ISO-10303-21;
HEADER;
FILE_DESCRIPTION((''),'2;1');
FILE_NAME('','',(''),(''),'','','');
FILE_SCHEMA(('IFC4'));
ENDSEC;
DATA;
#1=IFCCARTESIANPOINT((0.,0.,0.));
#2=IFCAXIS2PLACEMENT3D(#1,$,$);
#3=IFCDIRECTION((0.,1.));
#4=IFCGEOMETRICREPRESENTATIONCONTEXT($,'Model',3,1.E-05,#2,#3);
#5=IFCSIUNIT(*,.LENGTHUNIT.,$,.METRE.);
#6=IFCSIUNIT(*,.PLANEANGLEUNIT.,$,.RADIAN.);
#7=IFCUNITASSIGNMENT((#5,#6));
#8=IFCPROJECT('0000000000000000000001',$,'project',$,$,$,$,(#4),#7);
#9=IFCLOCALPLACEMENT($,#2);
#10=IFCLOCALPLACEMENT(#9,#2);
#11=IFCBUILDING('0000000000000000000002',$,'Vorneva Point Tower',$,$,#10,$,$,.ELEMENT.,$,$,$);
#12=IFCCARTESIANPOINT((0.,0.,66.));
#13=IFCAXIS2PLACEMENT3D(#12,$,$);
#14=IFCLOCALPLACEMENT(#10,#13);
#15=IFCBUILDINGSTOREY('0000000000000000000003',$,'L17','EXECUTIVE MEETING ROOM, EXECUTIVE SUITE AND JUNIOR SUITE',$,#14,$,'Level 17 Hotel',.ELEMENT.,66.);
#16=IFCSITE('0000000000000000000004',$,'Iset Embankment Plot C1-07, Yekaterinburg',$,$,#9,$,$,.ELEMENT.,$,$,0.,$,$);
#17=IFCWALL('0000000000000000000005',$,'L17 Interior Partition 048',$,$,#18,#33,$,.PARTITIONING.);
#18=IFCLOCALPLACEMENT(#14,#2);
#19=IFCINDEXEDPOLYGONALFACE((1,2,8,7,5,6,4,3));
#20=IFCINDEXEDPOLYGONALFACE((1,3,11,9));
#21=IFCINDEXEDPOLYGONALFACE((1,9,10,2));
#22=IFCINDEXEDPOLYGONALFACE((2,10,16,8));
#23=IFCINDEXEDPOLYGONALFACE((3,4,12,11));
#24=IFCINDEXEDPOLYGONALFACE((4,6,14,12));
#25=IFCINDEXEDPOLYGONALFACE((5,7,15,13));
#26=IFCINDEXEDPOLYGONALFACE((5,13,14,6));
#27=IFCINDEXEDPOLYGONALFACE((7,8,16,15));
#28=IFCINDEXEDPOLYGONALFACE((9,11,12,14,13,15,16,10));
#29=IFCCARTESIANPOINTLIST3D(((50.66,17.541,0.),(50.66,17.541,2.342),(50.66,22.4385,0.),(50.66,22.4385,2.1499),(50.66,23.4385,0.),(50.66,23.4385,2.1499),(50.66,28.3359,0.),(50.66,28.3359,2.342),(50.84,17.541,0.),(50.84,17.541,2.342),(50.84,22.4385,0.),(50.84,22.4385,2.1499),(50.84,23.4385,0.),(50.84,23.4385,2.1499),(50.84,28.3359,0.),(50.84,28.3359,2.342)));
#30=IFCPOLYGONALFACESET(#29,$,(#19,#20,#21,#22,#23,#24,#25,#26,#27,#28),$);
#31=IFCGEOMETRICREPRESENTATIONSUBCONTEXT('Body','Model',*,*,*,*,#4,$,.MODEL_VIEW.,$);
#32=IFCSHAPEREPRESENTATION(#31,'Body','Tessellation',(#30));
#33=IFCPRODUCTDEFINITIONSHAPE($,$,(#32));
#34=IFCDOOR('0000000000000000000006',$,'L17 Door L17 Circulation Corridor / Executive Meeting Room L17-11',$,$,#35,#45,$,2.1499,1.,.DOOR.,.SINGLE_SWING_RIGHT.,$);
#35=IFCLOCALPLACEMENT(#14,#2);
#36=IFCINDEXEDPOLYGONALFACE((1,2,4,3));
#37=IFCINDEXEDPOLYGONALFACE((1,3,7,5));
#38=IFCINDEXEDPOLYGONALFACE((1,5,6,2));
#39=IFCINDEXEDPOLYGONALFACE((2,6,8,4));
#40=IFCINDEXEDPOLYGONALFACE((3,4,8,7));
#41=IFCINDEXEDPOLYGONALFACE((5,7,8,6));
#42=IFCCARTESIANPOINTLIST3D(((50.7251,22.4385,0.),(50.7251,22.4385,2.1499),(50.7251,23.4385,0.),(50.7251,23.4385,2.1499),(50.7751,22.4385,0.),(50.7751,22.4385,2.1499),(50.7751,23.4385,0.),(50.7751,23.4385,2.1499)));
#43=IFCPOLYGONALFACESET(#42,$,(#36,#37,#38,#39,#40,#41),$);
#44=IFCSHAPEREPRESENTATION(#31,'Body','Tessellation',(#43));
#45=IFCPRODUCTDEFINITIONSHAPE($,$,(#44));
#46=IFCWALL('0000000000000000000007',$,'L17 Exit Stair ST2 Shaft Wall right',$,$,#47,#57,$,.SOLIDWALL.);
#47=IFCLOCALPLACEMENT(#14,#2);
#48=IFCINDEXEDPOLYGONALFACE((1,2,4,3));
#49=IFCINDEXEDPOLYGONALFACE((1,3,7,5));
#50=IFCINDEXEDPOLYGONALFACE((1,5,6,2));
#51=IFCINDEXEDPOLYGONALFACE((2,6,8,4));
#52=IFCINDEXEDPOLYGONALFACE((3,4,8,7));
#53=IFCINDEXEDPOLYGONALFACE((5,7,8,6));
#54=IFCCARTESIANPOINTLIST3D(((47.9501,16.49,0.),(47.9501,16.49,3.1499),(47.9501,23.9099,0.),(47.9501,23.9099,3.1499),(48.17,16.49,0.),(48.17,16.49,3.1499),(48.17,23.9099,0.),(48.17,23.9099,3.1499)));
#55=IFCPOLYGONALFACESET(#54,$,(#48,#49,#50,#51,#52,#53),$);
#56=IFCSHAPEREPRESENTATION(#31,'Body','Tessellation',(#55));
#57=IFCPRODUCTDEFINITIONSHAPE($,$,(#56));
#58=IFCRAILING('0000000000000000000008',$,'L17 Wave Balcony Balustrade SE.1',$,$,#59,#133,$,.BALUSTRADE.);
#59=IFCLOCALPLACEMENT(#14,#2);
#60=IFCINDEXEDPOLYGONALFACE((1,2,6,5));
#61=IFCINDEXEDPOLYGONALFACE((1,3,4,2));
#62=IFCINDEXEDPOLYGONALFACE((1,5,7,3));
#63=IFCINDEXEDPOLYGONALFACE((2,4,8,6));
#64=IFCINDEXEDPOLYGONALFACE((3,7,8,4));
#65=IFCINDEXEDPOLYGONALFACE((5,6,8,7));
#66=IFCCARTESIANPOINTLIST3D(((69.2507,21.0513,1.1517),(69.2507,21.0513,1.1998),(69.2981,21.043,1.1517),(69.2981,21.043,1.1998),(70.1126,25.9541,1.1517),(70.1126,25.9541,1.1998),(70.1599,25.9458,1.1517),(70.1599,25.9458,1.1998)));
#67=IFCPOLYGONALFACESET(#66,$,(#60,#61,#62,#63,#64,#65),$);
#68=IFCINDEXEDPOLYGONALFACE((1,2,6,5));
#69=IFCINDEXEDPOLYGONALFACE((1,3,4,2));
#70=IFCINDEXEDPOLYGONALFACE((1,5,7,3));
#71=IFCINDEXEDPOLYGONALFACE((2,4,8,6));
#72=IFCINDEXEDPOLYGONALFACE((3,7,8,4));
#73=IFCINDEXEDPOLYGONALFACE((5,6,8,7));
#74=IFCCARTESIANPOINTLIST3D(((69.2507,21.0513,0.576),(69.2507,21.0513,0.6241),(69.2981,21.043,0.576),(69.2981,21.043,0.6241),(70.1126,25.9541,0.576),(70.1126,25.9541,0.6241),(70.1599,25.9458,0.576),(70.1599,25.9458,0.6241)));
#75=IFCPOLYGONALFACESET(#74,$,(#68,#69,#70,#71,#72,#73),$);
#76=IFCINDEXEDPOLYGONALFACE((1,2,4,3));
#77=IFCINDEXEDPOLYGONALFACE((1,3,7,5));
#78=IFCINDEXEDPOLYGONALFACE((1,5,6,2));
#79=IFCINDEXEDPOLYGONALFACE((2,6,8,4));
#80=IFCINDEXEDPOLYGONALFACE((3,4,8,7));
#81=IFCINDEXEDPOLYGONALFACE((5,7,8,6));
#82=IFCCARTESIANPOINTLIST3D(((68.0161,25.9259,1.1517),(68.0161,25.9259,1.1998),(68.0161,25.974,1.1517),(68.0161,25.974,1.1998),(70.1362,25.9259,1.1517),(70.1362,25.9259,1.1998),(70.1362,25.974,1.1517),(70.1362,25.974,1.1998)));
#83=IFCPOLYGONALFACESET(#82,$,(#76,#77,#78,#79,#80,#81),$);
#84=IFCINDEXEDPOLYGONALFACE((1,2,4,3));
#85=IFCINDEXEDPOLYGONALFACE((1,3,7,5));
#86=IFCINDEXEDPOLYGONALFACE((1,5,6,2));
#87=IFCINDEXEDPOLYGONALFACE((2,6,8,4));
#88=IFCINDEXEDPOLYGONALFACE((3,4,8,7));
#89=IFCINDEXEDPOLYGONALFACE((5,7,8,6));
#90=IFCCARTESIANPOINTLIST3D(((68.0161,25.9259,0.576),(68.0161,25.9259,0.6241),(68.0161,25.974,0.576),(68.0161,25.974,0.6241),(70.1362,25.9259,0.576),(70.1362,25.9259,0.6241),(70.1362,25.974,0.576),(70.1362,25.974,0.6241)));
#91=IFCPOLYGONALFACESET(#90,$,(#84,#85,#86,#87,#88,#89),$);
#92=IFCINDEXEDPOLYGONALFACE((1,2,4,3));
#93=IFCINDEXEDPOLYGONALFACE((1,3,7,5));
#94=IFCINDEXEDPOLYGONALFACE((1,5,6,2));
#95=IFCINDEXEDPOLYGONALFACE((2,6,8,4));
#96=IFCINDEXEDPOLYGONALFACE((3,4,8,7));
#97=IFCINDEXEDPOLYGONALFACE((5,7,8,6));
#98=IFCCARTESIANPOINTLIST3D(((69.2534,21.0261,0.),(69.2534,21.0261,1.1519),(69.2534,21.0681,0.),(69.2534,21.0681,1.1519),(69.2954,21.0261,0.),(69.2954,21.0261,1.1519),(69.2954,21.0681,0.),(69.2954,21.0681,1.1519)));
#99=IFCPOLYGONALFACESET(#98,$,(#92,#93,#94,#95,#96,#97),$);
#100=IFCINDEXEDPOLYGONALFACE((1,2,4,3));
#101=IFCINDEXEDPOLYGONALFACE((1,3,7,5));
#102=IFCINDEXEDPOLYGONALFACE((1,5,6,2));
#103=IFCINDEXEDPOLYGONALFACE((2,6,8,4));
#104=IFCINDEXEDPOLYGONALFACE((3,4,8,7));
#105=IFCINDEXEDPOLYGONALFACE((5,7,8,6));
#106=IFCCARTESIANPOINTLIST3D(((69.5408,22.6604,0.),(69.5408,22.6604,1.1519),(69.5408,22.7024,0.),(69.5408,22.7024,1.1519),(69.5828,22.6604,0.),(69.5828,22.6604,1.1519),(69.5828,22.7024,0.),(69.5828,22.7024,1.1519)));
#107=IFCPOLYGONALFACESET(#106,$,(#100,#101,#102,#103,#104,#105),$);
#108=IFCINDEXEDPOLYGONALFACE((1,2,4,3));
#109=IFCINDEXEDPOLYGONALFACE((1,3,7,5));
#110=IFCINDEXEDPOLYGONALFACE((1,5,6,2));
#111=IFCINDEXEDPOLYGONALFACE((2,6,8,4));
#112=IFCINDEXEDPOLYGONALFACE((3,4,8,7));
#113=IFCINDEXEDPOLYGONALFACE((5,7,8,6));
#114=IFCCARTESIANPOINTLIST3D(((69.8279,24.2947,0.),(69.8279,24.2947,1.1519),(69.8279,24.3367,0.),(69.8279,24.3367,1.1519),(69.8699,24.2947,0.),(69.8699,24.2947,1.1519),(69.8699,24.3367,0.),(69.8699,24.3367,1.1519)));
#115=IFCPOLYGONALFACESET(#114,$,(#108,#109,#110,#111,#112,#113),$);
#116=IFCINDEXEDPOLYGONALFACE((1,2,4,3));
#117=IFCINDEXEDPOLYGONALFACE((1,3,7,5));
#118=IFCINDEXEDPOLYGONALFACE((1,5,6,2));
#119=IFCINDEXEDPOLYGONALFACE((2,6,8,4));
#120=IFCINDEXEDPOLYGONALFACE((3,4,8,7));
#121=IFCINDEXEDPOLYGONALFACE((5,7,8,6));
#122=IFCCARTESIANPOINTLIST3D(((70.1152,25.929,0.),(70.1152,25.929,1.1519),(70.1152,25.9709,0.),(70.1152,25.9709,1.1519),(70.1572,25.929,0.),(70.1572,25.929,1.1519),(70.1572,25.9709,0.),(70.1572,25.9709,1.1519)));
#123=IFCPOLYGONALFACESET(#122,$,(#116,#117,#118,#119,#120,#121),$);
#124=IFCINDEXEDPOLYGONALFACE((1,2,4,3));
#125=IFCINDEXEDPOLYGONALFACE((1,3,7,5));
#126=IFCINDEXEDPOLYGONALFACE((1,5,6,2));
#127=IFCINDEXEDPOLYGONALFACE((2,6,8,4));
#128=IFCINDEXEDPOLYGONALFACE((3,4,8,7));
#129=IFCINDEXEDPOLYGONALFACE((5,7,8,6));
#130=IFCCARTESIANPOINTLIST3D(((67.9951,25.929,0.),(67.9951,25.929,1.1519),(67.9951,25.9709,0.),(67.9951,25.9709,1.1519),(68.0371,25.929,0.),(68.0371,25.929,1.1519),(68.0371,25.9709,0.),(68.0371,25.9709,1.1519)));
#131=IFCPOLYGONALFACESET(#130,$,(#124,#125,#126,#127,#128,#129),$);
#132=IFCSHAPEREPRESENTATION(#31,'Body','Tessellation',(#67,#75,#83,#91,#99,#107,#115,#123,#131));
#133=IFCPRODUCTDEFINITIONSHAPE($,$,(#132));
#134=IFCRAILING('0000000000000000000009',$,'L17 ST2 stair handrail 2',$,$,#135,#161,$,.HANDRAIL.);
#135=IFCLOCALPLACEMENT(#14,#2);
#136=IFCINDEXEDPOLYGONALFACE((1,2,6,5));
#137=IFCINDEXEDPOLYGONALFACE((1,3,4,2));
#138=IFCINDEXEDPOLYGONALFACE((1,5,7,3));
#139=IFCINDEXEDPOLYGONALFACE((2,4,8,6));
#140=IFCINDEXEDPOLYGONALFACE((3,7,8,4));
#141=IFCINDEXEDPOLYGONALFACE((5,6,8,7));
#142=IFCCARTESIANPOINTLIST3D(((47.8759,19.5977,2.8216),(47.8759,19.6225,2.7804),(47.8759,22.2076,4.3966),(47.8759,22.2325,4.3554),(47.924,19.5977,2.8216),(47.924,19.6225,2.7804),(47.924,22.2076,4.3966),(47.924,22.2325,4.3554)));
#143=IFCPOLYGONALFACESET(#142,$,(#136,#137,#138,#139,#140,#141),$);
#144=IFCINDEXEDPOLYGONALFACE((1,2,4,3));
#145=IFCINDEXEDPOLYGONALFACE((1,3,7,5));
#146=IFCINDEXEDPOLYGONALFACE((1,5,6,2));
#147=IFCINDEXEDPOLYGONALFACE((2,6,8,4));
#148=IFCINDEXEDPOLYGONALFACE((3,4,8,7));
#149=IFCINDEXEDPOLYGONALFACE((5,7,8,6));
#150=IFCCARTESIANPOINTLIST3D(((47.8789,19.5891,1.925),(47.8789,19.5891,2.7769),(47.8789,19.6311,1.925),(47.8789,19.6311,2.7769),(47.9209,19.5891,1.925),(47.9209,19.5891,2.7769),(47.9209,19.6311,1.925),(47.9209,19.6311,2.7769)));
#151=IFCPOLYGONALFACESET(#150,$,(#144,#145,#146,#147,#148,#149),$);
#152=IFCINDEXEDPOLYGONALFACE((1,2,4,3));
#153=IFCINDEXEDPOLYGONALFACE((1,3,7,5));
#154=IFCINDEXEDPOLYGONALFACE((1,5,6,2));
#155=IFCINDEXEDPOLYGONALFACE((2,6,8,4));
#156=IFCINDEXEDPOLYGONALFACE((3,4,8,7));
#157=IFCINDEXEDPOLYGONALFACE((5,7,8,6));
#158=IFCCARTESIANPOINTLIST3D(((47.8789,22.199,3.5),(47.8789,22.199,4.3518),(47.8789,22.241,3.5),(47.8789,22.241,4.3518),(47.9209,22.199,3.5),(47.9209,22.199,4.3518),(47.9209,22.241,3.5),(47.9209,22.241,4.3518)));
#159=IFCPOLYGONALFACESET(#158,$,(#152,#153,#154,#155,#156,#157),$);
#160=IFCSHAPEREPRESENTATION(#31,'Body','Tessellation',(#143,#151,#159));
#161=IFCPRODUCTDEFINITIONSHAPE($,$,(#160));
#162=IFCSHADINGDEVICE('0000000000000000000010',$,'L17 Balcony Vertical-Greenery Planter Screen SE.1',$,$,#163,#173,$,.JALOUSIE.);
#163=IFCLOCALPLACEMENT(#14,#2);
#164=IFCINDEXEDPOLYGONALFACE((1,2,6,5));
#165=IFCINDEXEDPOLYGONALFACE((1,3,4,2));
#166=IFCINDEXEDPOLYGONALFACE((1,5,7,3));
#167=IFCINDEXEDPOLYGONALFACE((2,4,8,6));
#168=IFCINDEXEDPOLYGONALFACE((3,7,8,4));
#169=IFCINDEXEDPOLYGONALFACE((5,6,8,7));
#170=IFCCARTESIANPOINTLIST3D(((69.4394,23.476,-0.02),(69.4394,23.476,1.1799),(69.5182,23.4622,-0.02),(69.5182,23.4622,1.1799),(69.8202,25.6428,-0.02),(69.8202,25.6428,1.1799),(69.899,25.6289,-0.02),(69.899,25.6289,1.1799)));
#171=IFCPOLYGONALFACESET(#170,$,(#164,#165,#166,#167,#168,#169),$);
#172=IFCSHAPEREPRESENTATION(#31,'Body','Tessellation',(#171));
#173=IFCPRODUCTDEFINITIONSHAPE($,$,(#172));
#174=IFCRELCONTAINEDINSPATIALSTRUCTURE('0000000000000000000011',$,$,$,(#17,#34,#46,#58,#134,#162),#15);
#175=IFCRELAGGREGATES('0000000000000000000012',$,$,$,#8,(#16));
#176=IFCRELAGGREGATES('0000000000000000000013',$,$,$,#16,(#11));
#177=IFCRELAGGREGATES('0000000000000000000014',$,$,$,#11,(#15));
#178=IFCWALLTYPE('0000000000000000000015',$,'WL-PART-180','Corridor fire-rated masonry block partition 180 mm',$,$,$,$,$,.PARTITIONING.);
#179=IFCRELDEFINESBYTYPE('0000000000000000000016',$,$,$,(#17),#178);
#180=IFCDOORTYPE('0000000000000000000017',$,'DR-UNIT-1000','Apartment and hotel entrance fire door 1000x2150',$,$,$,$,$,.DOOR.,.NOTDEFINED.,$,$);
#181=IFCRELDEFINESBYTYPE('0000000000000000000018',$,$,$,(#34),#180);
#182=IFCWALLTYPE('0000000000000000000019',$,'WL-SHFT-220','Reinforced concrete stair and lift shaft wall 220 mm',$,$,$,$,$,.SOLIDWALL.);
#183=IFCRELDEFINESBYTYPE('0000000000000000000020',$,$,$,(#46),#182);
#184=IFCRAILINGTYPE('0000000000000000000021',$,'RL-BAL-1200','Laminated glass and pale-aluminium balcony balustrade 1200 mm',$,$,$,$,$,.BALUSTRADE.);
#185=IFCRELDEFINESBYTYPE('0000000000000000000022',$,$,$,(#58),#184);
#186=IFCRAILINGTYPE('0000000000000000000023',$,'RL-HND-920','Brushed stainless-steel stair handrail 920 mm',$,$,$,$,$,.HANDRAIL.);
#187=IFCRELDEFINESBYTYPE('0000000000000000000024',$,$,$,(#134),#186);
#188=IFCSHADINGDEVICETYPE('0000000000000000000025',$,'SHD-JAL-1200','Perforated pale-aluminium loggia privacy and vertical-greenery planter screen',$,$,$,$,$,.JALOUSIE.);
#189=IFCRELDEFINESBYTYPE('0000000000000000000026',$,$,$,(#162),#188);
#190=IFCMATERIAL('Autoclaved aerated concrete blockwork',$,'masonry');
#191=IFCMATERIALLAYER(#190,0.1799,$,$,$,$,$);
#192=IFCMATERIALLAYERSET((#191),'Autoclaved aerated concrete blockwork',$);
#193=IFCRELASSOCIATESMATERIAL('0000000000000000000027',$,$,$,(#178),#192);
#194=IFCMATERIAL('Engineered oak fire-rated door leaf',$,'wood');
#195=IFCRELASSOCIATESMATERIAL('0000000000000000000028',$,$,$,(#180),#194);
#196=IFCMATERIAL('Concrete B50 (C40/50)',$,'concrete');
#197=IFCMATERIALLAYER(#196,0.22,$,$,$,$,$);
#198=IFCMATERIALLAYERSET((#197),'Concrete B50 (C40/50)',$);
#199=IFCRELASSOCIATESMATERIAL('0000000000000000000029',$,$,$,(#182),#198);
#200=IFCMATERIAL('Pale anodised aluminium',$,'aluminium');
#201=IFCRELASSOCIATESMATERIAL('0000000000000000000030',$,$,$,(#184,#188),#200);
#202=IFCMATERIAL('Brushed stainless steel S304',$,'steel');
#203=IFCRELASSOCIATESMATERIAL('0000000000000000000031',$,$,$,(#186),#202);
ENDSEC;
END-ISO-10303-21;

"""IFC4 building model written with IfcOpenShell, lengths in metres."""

from ifc_helpers import new_model, si_unit, direction, frame, frame_2d, origin, origin_2d, place, context, subcontext, project, spatial, rectangle, extrude, material, layer, layer_set, type_object, element, fill, save


model = new_model("IFC4")

# Units and contexts
model_context = context("Model", 3, precision=1e-05, world=origin(), true_north=direction((0.0, 1.0)))
body_context = subcontext(model_context, "Body", "Model", "MODEL_VIEW")
ifc_project = project(units=[si_unit("LENGTHUNIT", "METRE"), si_unit("PLANEANGLEUNIT", "RADIAN")], contexts=[model_context])

# Site, building, storey
site_placement = place(None, origin())
site = spatial("IfcSite", under=ifc_project, at=site_placement, Name="Iset Embankment Plot C1-07, Yekaterinburg", CompositionType="ELEMENT", RefElevation=0.0)
building_placement = place(site_placement, origin())
building = spatial("IfcBuilding", under=site, at=building_placement, Name="Vorneva Point Tower", CompositionType="ELEMENT")
storey_placement = place(building_placement, frame((0.0, 0.0, 66.0)))
storey = spatial("IfcBuildingStorey", under=building, at=storey_placement, Name="L17", Description="EXECUTIVE MEETING ROOM, EXECUTIVE SUITE AND JUNIOR SUITE", LongName="Level 17 Hotel", CompositionType="ELEMENT", Elevation=66.0)

# Shared definitions
ifc_material_1 = material(Name="Pale anodised aluminium", Category="aluminium")

# Wall, opening, door
ifc_material_2 = material(Name="Autoclaved aerated concrete blockwork", Category="masonry")
ifc_layer_1 = layer(ifc_material_2, 0.1799)
ifc_layer_set_1 = layer_set([ifc_layer_1], Name="Autoclaved aerated concrete blockwork")
wall_type_1 = type_object("IfcWallType", Name="WL-PART-180", Description="Corridor fire-rated masonry block partition 180 mm", PredefinedType="PARTITIONING", material=ifc_layer_set_1)
wall_1_placement = place(storey_placement, frame((50.75, 17.541, 0.0), z_axis=(0.0, 0.0, 1.0), x_axis=(0.0, 1.0, 0.0)))
wall_1 = element("IfcWall", 1, at=wall_1_placement, inside=storey, type_object=wall_type_1, Name="L17 Interior Partition 048", PredefinedType="PARTITIONING", context=body_context, shape_type="SweptSolid", body=[
    extrude(rectangle(XDim=10.7949, YDim=0.1799, at=frame_2d((5.3975, 0.0))), origin(), (0.0, 0.0, 1.0), 2.342),
])
opening_1_placement = place(wall_1_placement, frame((4.8975, 0.0, 0.0)))
opening_1 = element("IfcOpeningElement", 2, at=opening_1_placement, cuts=wall_1, PredefinedType="OPENING", context=body_context, shape_type="SweptSolid", body=[
    extrude(rectangle(XDim=1.0, YDim=2.1499, at=frame_2d((0.5, 1.075))), frame((0.0, 0.105, 0.0), z_axis=(0.0, -1.0, 0.0), x_axis=(1.0, 0.0, 0.0)), (0.0, 0.0, 1.0), 0.2097),
])
ifc_material_3 = material(Name="Engineered oak fire-rated door leaf", Category="wood")
door_type_1 = type_object("IfcDoorType", Name="DR-UNIT-1000", Description="Apartment and hotel entrance fire door 1000x2150", OperationType="NOTDEFINED", PredefinedType="DOOR", material=ifc_material_3)
door_1_placement = place(opening_1_placement, origin())
door_1 = element("IfcDoor", 3, at=door_1_placement, inside=storey, type_object=door_type_1, Name="L17 Door L17 Circulation Corridor / Executive Meeting Room L17-11", OperationType="SINGLE_SWING_RIGHT", OverallHeight=2.1499, OverallWidth=1.0, PredefinedType="DOOR", context=body_context, shape_type="SweptSolid", body=[
    extrude(rectangle(XDim=1.0, YDim=2.1499, at=frame_2d((0.5, 1.075))), frame((0.0, 0.0249, 0.0), z_axis=(0.0, -1.0, 0.0), x_axis=(1.0, 0.0, 0.0)), (0.0, 0.0, 1.0), 0.05),
])
fill(opening_1, door_1)

# Wall
ifc_material_4 = material(Name="Concrete B50 (C40/50)", Category="concrete")
ifc_layer_2 = layer(ifc_material_4, 0.22)
ifc_layer_set_2 = layer_set([ifc_layer_2], Name="Concrete B50 (C40/50)")
wall_type_2 = type_object("IfcWallType", Name="WL-SHFT-220", Description="Reinforced concrete stair and lift shaft wall 220 mm", PredefinedType="SOLIDWALL", material=ifc_layer_set_2)
wall_2_placement = place(storey_placement, frame((48.0601, 23.9099, 0.0), z_axis=(0.0, 0.0, 1.0), x_axis=(0.0, -1.0, 0.0)))
element("IfcWall", 4, at=wall_2_placement, inside=storey, type_object=wall_type_2, Name="L17 Exit Stair ST2 Shaft Wall right", PredefinedType="SOLIDWALL", context=body_context, shape_type="SweptSolid", body=[
    extrude(rectangle(XDim=7.4199, YDim=0.22, at=frame_2d((3.71, 0.0))), origin(), (0.0, 0.0, 1.0), 3.1499),
])

# Railings
railing_type_1 = type_object("IfcRailingType", Name="RL-BAL-1200", Description="Laminated glass and pale-aluminium balcony balustrade 1200 mm", PredefinedType="BALUSTRADE", material=ifc_material_1)
railing_1_placement = place(storey_placement, frame((69.2744, 21.0471, 0.0)))
element("IfcRailing", 5, at=railing_1_placement, inside=storey, type_object=railing_type_1, Name="L17 Wave Balcony Balustrade SE.1", PredefinedType="BALUSTRADE", context=body_context, shape_type="SweptSolid", body=[
    extrude(rectangle(XDim=0.0481, YDim=0.0481, at=origin_2d()), frame((0.0, 0.0, 1.1758), z_axis=(0.173125, 0.9849, 0.0), x_axis=(-0.9849, 0.173125, 0.0)), (0.0, 0.0, 1.0), 4.978),
    extrude(rectangle(XDim=0.0481, YDim=0.0481, at=origin_2d()), frame((0.0, 0.0, 0.6001), z_axis=(0.173125, 0.9849, 0.0), x_axis=(-0.9849, 0.173125, 0.0)), (0.0, 0.0, 1.0), 4.978),
    extrude(rectangle(XDim=0.0481, YDim=0.0481, at=origin_2d()), frame((0.8618, 4.9028, 1.1758), z_axis=(-1.0, 0.0, 0.0), x_axis=(0.0, -1.0, 0.0)), (0.0, 0.0, 1.0), 2.1201),
    extrude(rectangle(XDim=0.0481, YDim=0.0481, at=origin_2d()), frame((0.8618, 4.9028, 0.6001), z_axis=(-1.0, 0.0, 0.0), x_axis=(0.0, -1.0, 0.0)), (0.0, 0.0, 1.0), 2.1201),
    extrude(rectangle(XDim=0.042, YDim=0.042, at=origin_2d()), origin(), (0.0, 0.0, 1.0), 1.1519),
    extrude(rectangle(XDim=0.042, YDim=0.042, at=origin_2d()), frame((0.2874, 1.6343, 0.0)), (0.0, 0.0, 1.0), 1.1519),
    extrude(rectangle(XDim=0.042, YDim=0.042, at=origin_2d()), frame((0.5745, 3.2686, 0.0)), (0.0, 0.0, 1.0), 1.1519),
    extrude(rectangle(XDim=0.042, YDim=0.042, at=origin_2d()), frame((0.8618, 4.9028, 0.0)), (0.0, 0.0, 1.0), 1.1519),
    extrude(rectangle(XDim=0.042, YDim=0.042, at=origin_2d()), frame((-1.2583, 4.9028, 0.0)), (0.0, 0.0, 1.0), 1.1519),
])
ifc_material_5 = material(Name="Brushed stainless steel S304", Category="steel")
railing_type_2 = type_object("IfcRailingType", Name="RL-HND-920", Description="Brushed stainless-steel stair handrail 920 mm", PredefinedType="HANDRAIL", material=ifc_material_5)
railing_2_placement = place(storey_placement, frame((47.8999, 19.6101, 1.925)))
element("IfcRailing", 6, at=railing_2_placement, inside=storey, type_object=railing_type_2, Name="L17 ST2 stair handrail 2", PredefinedType="HANDRAIL", context=body_context, shape_type="SweptSolid", body=[
    extrude(rectangle(XDim=0.0481, YDim=0.0481, at=origin_2d()), frame((0.0, 0.0, 0.876), z_axis=(0.0, 0.856183, 0.516673), x_axis=(-1.0, 0.0, 0.0)), (0.0, 0.0, 1.0), 3.0483),
    extrude(rectangle(XDim=0.042, YDim=0.042, at=origin_2d()), origin(), (0.0, 0.0, 1.0), 0.8518),
    extrude(rectangle(XDim=0.042, YDim=0.042, at=origin_2d()), frame((0.0, 2.6099, 1.575)), (0.0, 0.0, 1.0), 0.8518),
])

# Shading device
shading_device_type = type_object("IfcShadingDeviceType", Name="SHD-JAL-1200", Description="Perforated pale-aluminium loggia privacy and vertical-greenery planter screen", PredefinedType="JALOUSIE", material=ifc_material_1)
shading_device_placement = place(storey_placement, frame((69.6692, 24.5525, -0.02), z_axis=(0.0, 0.0, 1.0), x_axis=(0.173098, 0.984905, 0.0)))
element("IfcShadingDevice", 7, at=shading_device_placement, inside=storey, type_object=shading_device_type, Name="L17 Balcony Vertical-Greenery Planter Screen SE.1", PredefinedType="JALOUSIE", context=body_context, shape_type="SweptSolid", body=[
    extrude(rectangle(XDim=2.2, YDim=0.0801, at=origin_2d()), origin(), (0.0, 0.0, 1.0), 1.2),
])

save(model, "model.ifc")
